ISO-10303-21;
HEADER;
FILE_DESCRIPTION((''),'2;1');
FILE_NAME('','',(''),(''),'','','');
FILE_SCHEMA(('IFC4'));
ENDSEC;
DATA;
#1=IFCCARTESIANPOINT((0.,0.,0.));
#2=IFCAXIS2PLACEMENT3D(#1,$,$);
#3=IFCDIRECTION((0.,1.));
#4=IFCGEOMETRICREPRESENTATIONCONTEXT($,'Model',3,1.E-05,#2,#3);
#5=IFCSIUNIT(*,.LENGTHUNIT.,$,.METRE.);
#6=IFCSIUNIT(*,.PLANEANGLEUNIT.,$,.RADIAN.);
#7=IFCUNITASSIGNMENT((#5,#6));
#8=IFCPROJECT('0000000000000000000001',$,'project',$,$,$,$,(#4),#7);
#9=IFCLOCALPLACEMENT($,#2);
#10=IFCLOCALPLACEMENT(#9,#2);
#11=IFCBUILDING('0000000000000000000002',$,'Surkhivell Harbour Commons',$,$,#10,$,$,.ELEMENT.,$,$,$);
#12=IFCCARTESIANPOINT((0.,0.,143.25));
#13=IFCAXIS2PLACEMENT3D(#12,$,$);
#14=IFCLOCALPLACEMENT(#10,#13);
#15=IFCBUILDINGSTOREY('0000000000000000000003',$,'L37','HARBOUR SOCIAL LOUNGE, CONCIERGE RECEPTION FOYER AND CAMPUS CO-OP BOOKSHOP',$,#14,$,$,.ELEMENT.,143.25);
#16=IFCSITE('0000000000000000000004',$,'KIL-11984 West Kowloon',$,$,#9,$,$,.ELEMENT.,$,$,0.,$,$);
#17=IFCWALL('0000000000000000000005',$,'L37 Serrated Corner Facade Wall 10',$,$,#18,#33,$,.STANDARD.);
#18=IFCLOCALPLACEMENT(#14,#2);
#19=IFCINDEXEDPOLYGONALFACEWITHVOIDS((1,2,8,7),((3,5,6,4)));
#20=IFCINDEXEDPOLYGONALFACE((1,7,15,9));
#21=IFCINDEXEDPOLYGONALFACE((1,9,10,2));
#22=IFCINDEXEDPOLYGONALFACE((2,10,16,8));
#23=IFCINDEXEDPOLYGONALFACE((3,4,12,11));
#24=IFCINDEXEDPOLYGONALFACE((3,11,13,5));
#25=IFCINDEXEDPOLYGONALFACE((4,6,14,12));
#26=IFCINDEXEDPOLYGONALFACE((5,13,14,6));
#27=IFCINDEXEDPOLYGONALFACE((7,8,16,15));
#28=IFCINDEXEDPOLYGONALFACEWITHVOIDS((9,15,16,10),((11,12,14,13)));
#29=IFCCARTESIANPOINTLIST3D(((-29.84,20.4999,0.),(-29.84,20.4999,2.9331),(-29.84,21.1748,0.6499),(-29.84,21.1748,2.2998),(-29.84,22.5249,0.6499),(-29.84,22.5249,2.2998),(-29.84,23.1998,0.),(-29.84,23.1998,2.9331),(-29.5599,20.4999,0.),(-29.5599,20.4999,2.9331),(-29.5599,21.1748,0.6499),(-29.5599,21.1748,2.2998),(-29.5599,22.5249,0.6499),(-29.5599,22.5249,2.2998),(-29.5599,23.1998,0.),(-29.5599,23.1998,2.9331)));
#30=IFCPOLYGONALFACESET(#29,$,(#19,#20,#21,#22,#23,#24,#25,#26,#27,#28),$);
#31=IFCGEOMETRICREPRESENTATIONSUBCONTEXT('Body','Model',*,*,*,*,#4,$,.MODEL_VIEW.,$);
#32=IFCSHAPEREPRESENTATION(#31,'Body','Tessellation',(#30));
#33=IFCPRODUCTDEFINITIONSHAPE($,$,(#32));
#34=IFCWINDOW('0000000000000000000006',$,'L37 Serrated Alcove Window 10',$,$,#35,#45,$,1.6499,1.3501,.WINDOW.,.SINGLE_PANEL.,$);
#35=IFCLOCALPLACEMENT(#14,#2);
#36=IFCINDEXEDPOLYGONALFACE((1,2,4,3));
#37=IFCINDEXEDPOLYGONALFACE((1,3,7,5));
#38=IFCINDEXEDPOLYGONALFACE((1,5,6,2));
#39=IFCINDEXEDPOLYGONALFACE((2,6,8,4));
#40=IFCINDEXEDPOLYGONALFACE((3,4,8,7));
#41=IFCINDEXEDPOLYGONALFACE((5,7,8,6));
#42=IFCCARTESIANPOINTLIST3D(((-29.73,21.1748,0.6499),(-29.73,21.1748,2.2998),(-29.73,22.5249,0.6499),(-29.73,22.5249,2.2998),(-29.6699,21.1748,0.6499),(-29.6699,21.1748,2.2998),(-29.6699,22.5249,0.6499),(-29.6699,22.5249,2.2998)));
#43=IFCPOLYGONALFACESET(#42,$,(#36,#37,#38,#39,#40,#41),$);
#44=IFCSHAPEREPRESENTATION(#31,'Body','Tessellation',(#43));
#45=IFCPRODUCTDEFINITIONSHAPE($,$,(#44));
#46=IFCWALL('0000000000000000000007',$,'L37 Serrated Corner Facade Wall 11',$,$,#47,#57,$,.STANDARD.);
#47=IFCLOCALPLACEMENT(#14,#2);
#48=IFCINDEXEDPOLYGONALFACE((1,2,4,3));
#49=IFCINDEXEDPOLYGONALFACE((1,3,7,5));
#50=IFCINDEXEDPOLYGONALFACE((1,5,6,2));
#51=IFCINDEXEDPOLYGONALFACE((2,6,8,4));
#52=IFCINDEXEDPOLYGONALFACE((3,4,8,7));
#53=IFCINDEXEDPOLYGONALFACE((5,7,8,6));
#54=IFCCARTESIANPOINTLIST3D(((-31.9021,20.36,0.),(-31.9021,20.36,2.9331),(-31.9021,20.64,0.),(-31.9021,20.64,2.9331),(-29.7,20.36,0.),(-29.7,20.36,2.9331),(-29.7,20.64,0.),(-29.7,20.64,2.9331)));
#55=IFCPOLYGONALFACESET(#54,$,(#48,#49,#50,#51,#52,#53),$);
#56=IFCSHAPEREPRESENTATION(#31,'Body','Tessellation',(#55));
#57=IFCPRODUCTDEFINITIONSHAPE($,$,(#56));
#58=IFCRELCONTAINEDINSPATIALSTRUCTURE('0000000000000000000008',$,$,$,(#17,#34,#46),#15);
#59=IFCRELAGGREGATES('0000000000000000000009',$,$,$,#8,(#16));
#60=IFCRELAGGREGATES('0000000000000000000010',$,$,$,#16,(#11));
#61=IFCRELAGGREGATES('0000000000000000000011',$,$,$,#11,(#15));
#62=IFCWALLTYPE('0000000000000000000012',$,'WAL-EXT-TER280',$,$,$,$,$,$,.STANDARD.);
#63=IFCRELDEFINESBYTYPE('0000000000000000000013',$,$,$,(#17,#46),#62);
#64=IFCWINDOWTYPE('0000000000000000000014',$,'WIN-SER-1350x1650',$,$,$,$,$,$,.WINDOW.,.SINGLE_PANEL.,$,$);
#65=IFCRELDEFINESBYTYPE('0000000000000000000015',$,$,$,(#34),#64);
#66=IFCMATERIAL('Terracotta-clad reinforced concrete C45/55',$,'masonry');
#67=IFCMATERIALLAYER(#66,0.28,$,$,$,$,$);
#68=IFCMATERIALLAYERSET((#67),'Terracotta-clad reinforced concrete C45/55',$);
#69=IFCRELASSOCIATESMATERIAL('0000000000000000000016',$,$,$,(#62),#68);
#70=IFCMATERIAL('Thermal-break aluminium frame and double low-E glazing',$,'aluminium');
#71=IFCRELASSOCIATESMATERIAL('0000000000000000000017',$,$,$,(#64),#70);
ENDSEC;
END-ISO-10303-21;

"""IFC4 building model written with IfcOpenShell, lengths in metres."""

from ifc_helpers import new_model, si_unit, direction, frame, frame_2d, origin, place, context, subcontext, project, spatial, rectangle, extrude, material, layer, layer_set, type_object, element, fill, save


model = new_model("IFC4")

# Units and contexts
model_context = context("Model", 3, precision=1e-05, world=origin(), true_north=direction((0.0, 1.0)))
body_context = subcontext(model_context, "Body", "Model", "MODEL_VIEW")
ifc_project = project(units=[si_unit("LENGTHUNIT", "METRE"), si_unit("PLANEANGLEUNIT", "RADIAN")], contexts=[model_context])

# Site, building, storey
site_placement = place(None, origin())
site = spatial("IfcSite", under=ifc_project, at=site_placement, Name="KIL-11984 West Kowloon", CompositionType="ELEMENT", RefElevation=0.0)
building_placement = place(site_placement, origin())
building = spatial("IfcBuilding", under=site, at=building_placement, Name="Surkhivell Harbour Commons", CompositionType="ELEMENT")
storey_placement = place(building_placement, frame((0.0, 0.0, 143.25)))
storey = spatial("IfcBuildingStorey", under=building, at=storey_placement, Name="L37", Description="HARBOUR SOCIAL LOUNGE, CONCIERGE RECEPTION FOYER AND CAMPUS CO-OP BOOKSHOP", CompositionType="ELEMENT", Elevation=143.25)

# Shared definitions
ifc_material_1 = material(Name="Terracotta-clad reinforced concrete C45/55", Category="masonry")
ifc_layer_1 = layer(ifc_material_1, 0.28)
ifc_layer_set_1 = layer_set([ifc_layer_1], Name="Terracotta-clad reinforced concrete C45/55")
wall_type = type_object("IfcWallType", Name="WAL-EXT-TER280", PredefinedType="STANDARD", material=ifc_layer_set_1)

# Wall, opening, window
wall_1_placement = place(storey_placement, frame((-29.7, 23.2, 0.0), z_axis=(0.0, 0.0, 1.0), x_axis=(0.0, -1.0, 0.0)))
wall_1 = element("IfcWall", 1, at=wall_1_placement, inside=storey, type_object=wall_type, Name="L37 Serrated Corner Facade Wall 10", PredefinedType="STANDARD", context=body_context, shape_type="SweptSolid", body=[
    extrude(rectangle(XDim=2.7, YDim=0.28, at=frame_2d((1.3501, 0.0))), origin(), (0.0, 0.0, 1.0), 2.9331),
])
opening_placement = place(wall_1_placement, frame((0.675, 0.0, 0.6499)))
opening = element("IfcOpeningElement", 2, at=opening_placement, cuts=wall_1, PredefinedType="OPENING", context=body_context, shape_type="SweptSolid", body=[
    extrude(rectangle(XDim=1.3501, YDim=1.6499, at=frame_2d((0.675, 0.825))), frame((0.0, 0.1499, 0.0), z_axis=(0.0, -1.0, 0.0), x_axis=(1.0, 0.0, 0.0)), (0.0, 0.0, 1.0), 0.3),
])
ifc_material_2 = material(Name="Thermal-break aluminium frame and double low-E glazing", Category="aluminium")
window_type = type_object("IfcWindowType", Name="WIN-SER-1350x1650", PartitioningType="SINGLE_PANEL", PredefinedType="WINDOW", material=ifc_material_2)
window_placement = place(opening_placement, origin())
window = element("IfcWindow", 3, at=window_placement, inside=storey, type_object=window_type, Name="L37 Serrated Alcove Window 10", OverallHeight=1.6499, OverallWidth=1.3501, PartitioningType="SINGLE_PANEL", PredefinedType="WINDOW", context=body_context, shape_type="SweptSolid", body=[
    extrude(rectangle(XDim=1.3501, YDim=1.6499, at=frame_2d((0.675, 0.825))), frame((0.0, 0.03, 0.0), z_axis=(0.0, -1.0, 0.0), x_axis=(1.0, 0.0, 0.0)), (0.0, 0.0, 1.0), 0.0601),
])
fill(opening, window)

# Wall
wall_2_placement = place(storey_placement, frame((-29.7, 20.5, 0.0), z_axis=(0.0, 0.0, 1.0), x_axis=(-1.0, 0.0, 0.0)))
element("IfcWall", 4, at=wall_2_placement, inside=storey, type_object=wall_type, Name="L37 Serrated Corner Facade Wall 11", PredefinedType="STANDARD", context=body_context, shape_type="SweptSolid", body=[
    extrude(rectangle(XDim=2.2021, YDim=0.28, at=frame_2d((1.1011, 0.0))), origin(), (0.0, 0.0, 1.0), 2.9331),
])

save(model, "model.ifc")
